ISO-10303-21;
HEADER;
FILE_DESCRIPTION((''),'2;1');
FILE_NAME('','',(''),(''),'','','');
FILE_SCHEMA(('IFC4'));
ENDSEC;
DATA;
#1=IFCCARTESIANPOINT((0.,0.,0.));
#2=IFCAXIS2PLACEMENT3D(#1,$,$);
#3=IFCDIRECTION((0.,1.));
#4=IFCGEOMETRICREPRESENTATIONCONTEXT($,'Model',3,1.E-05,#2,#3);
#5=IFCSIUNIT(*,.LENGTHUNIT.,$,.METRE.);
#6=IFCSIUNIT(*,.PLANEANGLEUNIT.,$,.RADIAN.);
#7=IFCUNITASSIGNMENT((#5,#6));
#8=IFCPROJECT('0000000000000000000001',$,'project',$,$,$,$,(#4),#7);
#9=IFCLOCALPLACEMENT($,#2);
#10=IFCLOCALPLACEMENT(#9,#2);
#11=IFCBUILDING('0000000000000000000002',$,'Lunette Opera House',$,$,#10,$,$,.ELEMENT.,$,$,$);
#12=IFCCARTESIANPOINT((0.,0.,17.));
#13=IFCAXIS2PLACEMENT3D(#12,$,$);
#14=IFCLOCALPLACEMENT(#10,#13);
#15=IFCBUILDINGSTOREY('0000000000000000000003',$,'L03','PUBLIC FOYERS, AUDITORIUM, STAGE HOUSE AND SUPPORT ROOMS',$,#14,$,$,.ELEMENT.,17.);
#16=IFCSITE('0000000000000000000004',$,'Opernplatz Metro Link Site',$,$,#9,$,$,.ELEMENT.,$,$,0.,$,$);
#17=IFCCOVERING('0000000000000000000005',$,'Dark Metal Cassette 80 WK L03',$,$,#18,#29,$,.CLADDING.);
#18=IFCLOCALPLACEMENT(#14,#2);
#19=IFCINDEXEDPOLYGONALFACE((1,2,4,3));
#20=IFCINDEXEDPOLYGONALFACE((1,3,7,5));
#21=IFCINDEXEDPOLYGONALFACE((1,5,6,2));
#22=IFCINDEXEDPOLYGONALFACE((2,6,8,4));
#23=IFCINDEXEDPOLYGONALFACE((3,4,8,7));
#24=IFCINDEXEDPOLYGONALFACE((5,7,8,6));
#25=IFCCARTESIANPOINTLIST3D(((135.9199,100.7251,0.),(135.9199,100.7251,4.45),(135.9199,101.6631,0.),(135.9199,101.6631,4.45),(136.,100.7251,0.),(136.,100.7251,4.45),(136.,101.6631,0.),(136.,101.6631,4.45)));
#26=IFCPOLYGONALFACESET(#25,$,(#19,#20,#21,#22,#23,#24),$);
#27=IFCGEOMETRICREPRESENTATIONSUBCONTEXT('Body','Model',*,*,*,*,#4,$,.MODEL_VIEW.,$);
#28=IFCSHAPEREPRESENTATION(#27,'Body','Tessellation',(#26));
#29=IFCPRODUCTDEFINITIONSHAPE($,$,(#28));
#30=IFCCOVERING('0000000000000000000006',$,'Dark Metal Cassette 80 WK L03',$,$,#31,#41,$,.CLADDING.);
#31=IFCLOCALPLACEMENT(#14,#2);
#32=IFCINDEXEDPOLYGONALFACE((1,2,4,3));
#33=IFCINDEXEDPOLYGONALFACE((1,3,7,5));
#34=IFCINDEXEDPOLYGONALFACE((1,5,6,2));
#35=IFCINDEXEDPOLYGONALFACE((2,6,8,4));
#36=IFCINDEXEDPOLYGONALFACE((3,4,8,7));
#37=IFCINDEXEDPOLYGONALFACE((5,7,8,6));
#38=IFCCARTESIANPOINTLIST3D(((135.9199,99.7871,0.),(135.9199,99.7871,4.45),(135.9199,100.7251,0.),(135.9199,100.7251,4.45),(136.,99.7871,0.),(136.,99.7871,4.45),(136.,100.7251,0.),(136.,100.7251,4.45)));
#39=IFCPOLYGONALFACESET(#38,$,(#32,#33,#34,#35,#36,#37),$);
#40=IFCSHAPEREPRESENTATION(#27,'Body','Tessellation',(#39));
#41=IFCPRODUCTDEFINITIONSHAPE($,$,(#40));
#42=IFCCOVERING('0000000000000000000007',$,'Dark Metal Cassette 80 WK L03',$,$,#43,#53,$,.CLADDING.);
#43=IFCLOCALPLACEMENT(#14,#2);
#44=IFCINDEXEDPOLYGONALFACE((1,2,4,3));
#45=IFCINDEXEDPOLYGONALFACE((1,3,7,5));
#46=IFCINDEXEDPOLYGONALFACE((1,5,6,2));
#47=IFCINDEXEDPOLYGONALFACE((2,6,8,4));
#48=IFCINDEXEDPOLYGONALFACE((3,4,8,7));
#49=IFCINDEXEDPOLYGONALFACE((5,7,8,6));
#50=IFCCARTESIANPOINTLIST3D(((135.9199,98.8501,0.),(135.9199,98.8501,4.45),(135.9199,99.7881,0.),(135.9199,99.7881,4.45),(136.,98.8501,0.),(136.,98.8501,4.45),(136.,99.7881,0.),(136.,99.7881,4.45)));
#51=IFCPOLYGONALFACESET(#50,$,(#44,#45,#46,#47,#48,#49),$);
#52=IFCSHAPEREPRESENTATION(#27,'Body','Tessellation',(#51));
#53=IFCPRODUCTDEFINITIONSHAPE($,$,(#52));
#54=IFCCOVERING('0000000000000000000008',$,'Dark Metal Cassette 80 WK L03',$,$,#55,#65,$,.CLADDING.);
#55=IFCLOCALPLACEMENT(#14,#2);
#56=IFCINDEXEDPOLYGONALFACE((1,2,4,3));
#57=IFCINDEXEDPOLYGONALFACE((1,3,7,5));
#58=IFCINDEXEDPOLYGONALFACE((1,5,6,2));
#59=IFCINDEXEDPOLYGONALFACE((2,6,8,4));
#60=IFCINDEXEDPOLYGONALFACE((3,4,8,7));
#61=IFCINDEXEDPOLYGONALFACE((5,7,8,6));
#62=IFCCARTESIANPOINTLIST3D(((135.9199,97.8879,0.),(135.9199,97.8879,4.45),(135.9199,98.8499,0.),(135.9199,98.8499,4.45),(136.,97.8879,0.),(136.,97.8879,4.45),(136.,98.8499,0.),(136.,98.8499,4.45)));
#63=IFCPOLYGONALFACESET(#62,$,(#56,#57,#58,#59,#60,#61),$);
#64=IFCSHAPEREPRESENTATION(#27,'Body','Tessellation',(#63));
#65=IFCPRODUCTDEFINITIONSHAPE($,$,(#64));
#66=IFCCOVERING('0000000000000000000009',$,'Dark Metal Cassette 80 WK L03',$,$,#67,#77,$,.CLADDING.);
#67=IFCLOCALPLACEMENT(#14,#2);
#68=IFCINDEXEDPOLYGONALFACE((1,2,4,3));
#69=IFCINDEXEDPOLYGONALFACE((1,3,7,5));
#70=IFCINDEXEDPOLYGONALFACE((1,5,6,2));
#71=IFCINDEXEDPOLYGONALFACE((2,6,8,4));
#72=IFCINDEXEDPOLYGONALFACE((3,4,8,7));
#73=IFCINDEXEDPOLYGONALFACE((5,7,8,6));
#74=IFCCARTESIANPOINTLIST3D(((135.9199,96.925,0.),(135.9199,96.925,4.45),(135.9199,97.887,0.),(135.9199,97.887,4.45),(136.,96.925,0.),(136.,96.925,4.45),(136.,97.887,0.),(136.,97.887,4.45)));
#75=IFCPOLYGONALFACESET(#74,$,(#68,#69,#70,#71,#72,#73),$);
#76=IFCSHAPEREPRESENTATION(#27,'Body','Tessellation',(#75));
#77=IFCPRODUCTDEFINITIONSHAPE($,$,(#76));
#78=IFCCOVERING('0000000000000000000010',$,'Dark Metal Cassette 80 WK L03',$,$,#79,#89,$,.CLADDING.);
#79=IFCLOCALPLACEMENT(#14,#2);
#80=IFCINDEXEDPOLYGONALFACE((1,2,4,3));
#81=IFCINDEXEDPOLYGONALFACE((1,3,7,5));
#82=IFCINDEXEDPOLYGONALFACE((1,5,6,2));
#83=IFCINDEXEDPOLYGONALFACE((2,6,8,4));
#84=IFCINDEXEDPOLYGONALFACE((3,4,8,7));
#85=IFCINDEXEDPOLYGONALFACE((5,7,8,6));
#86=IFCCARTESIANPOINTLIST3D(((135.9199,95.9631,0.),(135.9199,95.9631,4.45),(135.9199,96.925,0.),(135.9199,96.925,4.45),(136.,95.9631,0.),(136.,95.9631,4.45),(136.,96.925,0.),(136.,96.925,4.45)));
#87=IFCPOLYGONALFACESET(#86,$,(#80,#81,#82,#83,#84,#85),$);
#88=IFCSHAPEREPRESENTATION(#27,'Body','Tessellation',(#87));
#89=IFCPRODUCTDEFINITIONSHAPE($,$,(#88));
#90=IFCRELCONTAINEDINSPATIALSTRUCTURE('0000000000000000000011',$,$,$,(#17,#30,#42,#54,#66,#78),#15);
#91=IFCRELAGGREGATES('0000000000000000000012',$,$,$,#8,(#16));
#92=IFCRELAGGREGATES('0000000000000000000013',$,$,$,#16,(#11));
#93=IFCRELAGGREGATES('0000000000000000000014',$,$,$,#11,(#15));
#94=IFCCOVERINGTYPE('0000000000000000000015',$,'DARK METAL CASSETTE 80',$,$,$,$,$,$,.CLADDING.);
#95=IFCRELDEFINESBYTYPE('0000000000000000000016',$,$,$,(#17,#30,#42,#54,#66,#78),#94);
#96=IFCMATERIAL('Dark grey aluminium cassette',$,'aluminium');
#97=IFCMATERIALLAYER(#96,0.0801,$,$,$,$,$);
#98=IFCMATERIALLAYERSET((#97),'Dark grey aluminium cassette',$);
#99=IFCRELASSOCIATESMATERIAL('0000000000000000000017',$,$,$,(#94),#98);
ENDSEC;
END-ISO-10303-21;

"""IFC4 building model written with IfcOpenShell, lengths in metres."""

from ifc_helpers import new_model, si_unit, direction, frame, origin, origin_2d, place, context, subcontext, project, spatial, rectangle, extrude, material, layer, layer_set, type_object, element, save


model = new_model("IFC4")

# Units and contexts
model_context = context("Model", 3, precision=1e-05, world=origin(), true_north=direction((0.0, 1.0)))
body_context = subcontext(model_context, "Body", "Model", "MODEL_VIEW")
ifc_project = project(units=[si_unit("LENGTHUNIT", "METRE"), si_unit("PLANEANGLEUNIT", "RADIAN")], contexts=[model_context])

# Site, building, storey
site_placement = place(None, origin())
site = spatial("IfcSite", under=ifc_project, at=site_placement, Name="Opernplatz Metro Link Site", CompositionType="ELEMENT", RefElevation=0.0)
building_placement = place(site_placement, origin())
building = spatial("IfcBuilding", under=site, at=building_placement, Name="Lunette Opera House", CompositionType="ELEMENT")
storey_placement = place(building_placement, frame((0.0, 0.0, 17.0)))
storey = spatial("IfcBuildingStorey", under=building, at=storey_placement, Name="L03", Description="PUBLIC FOYERS, AUDITORIUM, STAGE HOUSE AND SUPPORT ROOMS", CompositionType="ELEMENT", Elevation=17.0)

# Coverings
ifc_material_1 = material(Name="Dark grey aluminium cassette", Category="aluminium")
ifc_layer_1 = layer(ifc_material_1, 0.0801)
ifc_layer_set_1 = layer_set([ifc_layer_1], Name="Dark grey aluminium cassette")
covering_type = type_object("IfcCoveringType", Name="DARK METAL CASSETTE 80", PredefinedType="CLADDING", material=ifc_layer_set_1)
for number, where, z_axis, x_axis, name in (
    (1, (135.96, 101.1941, 0.0), (0.0, 0.0, 1.0), (0.0, -1.0, 0.0), "Dark Metal Cassette 80 WK L03"),
    (2, (135.96, 100.2561, 0.0), (0.0, 0.0, 1.0), (0.0, -1.0, 0.0), "Dark Metal Cassette 80 WK L03"),
    (3, (135.96, 99.3191, 0.0), (0.0, 0.0, 1.0), (0.0, -1.0, 0.0), "Dark Metal Cassette 80 WK L03"),
):
    element("IfcCovering", number, at=place(storey_placement, frame(where, z_axis=z_axis, x_axis=x_axis)), inside=storey, type_object=covering_type, Name=name, PredefinedType="CLADDING", context=body_context, shape_type="SweptSolid", body=[
        extrude(rectangle(XDim=0.938, YDim=0.0801, at=origin_2d()), origin(), (0.0, 0.0, 1.0), 4.45),
    ])
for number, where, z_axis, x_axis, name in (
    (4, (135.96, 98.3689, 0.0), (0.0, 0.0, 1.0), (0.0, -1.0, 0.0), "Dark Metal Cassette 80 WK L03"),
    (5, (135.96, 97.406, 0.0), (0.0, 0.0, 1.0), (0.0, -1.0, 0.0), "Dark Metal Cassette 80 WK L03"),
    (6, (135.96, 96.4441, 0.0), (0.0, 0.0, 1.0), (0.0, -1.0, 0.0), "Dark Metal Cassette 80 WK L03"),
):
    element("IfcCovering", number, at=place(storey_placement, frame(where, z_axis=z_axis, x_axis=x_axis)), inside=storey, type_object=covering_type, Name=name, PredefinedType="CLADDING", context=body_context, shape_type="SweptSolid", body=[
        extrude(rectangle(XDim=0.9619, YDim=0.0801, at=origin_2d()), origin(), (0.0, 0.0, 1.0), 4.45),
    ])

save(model, "model.ifc")
